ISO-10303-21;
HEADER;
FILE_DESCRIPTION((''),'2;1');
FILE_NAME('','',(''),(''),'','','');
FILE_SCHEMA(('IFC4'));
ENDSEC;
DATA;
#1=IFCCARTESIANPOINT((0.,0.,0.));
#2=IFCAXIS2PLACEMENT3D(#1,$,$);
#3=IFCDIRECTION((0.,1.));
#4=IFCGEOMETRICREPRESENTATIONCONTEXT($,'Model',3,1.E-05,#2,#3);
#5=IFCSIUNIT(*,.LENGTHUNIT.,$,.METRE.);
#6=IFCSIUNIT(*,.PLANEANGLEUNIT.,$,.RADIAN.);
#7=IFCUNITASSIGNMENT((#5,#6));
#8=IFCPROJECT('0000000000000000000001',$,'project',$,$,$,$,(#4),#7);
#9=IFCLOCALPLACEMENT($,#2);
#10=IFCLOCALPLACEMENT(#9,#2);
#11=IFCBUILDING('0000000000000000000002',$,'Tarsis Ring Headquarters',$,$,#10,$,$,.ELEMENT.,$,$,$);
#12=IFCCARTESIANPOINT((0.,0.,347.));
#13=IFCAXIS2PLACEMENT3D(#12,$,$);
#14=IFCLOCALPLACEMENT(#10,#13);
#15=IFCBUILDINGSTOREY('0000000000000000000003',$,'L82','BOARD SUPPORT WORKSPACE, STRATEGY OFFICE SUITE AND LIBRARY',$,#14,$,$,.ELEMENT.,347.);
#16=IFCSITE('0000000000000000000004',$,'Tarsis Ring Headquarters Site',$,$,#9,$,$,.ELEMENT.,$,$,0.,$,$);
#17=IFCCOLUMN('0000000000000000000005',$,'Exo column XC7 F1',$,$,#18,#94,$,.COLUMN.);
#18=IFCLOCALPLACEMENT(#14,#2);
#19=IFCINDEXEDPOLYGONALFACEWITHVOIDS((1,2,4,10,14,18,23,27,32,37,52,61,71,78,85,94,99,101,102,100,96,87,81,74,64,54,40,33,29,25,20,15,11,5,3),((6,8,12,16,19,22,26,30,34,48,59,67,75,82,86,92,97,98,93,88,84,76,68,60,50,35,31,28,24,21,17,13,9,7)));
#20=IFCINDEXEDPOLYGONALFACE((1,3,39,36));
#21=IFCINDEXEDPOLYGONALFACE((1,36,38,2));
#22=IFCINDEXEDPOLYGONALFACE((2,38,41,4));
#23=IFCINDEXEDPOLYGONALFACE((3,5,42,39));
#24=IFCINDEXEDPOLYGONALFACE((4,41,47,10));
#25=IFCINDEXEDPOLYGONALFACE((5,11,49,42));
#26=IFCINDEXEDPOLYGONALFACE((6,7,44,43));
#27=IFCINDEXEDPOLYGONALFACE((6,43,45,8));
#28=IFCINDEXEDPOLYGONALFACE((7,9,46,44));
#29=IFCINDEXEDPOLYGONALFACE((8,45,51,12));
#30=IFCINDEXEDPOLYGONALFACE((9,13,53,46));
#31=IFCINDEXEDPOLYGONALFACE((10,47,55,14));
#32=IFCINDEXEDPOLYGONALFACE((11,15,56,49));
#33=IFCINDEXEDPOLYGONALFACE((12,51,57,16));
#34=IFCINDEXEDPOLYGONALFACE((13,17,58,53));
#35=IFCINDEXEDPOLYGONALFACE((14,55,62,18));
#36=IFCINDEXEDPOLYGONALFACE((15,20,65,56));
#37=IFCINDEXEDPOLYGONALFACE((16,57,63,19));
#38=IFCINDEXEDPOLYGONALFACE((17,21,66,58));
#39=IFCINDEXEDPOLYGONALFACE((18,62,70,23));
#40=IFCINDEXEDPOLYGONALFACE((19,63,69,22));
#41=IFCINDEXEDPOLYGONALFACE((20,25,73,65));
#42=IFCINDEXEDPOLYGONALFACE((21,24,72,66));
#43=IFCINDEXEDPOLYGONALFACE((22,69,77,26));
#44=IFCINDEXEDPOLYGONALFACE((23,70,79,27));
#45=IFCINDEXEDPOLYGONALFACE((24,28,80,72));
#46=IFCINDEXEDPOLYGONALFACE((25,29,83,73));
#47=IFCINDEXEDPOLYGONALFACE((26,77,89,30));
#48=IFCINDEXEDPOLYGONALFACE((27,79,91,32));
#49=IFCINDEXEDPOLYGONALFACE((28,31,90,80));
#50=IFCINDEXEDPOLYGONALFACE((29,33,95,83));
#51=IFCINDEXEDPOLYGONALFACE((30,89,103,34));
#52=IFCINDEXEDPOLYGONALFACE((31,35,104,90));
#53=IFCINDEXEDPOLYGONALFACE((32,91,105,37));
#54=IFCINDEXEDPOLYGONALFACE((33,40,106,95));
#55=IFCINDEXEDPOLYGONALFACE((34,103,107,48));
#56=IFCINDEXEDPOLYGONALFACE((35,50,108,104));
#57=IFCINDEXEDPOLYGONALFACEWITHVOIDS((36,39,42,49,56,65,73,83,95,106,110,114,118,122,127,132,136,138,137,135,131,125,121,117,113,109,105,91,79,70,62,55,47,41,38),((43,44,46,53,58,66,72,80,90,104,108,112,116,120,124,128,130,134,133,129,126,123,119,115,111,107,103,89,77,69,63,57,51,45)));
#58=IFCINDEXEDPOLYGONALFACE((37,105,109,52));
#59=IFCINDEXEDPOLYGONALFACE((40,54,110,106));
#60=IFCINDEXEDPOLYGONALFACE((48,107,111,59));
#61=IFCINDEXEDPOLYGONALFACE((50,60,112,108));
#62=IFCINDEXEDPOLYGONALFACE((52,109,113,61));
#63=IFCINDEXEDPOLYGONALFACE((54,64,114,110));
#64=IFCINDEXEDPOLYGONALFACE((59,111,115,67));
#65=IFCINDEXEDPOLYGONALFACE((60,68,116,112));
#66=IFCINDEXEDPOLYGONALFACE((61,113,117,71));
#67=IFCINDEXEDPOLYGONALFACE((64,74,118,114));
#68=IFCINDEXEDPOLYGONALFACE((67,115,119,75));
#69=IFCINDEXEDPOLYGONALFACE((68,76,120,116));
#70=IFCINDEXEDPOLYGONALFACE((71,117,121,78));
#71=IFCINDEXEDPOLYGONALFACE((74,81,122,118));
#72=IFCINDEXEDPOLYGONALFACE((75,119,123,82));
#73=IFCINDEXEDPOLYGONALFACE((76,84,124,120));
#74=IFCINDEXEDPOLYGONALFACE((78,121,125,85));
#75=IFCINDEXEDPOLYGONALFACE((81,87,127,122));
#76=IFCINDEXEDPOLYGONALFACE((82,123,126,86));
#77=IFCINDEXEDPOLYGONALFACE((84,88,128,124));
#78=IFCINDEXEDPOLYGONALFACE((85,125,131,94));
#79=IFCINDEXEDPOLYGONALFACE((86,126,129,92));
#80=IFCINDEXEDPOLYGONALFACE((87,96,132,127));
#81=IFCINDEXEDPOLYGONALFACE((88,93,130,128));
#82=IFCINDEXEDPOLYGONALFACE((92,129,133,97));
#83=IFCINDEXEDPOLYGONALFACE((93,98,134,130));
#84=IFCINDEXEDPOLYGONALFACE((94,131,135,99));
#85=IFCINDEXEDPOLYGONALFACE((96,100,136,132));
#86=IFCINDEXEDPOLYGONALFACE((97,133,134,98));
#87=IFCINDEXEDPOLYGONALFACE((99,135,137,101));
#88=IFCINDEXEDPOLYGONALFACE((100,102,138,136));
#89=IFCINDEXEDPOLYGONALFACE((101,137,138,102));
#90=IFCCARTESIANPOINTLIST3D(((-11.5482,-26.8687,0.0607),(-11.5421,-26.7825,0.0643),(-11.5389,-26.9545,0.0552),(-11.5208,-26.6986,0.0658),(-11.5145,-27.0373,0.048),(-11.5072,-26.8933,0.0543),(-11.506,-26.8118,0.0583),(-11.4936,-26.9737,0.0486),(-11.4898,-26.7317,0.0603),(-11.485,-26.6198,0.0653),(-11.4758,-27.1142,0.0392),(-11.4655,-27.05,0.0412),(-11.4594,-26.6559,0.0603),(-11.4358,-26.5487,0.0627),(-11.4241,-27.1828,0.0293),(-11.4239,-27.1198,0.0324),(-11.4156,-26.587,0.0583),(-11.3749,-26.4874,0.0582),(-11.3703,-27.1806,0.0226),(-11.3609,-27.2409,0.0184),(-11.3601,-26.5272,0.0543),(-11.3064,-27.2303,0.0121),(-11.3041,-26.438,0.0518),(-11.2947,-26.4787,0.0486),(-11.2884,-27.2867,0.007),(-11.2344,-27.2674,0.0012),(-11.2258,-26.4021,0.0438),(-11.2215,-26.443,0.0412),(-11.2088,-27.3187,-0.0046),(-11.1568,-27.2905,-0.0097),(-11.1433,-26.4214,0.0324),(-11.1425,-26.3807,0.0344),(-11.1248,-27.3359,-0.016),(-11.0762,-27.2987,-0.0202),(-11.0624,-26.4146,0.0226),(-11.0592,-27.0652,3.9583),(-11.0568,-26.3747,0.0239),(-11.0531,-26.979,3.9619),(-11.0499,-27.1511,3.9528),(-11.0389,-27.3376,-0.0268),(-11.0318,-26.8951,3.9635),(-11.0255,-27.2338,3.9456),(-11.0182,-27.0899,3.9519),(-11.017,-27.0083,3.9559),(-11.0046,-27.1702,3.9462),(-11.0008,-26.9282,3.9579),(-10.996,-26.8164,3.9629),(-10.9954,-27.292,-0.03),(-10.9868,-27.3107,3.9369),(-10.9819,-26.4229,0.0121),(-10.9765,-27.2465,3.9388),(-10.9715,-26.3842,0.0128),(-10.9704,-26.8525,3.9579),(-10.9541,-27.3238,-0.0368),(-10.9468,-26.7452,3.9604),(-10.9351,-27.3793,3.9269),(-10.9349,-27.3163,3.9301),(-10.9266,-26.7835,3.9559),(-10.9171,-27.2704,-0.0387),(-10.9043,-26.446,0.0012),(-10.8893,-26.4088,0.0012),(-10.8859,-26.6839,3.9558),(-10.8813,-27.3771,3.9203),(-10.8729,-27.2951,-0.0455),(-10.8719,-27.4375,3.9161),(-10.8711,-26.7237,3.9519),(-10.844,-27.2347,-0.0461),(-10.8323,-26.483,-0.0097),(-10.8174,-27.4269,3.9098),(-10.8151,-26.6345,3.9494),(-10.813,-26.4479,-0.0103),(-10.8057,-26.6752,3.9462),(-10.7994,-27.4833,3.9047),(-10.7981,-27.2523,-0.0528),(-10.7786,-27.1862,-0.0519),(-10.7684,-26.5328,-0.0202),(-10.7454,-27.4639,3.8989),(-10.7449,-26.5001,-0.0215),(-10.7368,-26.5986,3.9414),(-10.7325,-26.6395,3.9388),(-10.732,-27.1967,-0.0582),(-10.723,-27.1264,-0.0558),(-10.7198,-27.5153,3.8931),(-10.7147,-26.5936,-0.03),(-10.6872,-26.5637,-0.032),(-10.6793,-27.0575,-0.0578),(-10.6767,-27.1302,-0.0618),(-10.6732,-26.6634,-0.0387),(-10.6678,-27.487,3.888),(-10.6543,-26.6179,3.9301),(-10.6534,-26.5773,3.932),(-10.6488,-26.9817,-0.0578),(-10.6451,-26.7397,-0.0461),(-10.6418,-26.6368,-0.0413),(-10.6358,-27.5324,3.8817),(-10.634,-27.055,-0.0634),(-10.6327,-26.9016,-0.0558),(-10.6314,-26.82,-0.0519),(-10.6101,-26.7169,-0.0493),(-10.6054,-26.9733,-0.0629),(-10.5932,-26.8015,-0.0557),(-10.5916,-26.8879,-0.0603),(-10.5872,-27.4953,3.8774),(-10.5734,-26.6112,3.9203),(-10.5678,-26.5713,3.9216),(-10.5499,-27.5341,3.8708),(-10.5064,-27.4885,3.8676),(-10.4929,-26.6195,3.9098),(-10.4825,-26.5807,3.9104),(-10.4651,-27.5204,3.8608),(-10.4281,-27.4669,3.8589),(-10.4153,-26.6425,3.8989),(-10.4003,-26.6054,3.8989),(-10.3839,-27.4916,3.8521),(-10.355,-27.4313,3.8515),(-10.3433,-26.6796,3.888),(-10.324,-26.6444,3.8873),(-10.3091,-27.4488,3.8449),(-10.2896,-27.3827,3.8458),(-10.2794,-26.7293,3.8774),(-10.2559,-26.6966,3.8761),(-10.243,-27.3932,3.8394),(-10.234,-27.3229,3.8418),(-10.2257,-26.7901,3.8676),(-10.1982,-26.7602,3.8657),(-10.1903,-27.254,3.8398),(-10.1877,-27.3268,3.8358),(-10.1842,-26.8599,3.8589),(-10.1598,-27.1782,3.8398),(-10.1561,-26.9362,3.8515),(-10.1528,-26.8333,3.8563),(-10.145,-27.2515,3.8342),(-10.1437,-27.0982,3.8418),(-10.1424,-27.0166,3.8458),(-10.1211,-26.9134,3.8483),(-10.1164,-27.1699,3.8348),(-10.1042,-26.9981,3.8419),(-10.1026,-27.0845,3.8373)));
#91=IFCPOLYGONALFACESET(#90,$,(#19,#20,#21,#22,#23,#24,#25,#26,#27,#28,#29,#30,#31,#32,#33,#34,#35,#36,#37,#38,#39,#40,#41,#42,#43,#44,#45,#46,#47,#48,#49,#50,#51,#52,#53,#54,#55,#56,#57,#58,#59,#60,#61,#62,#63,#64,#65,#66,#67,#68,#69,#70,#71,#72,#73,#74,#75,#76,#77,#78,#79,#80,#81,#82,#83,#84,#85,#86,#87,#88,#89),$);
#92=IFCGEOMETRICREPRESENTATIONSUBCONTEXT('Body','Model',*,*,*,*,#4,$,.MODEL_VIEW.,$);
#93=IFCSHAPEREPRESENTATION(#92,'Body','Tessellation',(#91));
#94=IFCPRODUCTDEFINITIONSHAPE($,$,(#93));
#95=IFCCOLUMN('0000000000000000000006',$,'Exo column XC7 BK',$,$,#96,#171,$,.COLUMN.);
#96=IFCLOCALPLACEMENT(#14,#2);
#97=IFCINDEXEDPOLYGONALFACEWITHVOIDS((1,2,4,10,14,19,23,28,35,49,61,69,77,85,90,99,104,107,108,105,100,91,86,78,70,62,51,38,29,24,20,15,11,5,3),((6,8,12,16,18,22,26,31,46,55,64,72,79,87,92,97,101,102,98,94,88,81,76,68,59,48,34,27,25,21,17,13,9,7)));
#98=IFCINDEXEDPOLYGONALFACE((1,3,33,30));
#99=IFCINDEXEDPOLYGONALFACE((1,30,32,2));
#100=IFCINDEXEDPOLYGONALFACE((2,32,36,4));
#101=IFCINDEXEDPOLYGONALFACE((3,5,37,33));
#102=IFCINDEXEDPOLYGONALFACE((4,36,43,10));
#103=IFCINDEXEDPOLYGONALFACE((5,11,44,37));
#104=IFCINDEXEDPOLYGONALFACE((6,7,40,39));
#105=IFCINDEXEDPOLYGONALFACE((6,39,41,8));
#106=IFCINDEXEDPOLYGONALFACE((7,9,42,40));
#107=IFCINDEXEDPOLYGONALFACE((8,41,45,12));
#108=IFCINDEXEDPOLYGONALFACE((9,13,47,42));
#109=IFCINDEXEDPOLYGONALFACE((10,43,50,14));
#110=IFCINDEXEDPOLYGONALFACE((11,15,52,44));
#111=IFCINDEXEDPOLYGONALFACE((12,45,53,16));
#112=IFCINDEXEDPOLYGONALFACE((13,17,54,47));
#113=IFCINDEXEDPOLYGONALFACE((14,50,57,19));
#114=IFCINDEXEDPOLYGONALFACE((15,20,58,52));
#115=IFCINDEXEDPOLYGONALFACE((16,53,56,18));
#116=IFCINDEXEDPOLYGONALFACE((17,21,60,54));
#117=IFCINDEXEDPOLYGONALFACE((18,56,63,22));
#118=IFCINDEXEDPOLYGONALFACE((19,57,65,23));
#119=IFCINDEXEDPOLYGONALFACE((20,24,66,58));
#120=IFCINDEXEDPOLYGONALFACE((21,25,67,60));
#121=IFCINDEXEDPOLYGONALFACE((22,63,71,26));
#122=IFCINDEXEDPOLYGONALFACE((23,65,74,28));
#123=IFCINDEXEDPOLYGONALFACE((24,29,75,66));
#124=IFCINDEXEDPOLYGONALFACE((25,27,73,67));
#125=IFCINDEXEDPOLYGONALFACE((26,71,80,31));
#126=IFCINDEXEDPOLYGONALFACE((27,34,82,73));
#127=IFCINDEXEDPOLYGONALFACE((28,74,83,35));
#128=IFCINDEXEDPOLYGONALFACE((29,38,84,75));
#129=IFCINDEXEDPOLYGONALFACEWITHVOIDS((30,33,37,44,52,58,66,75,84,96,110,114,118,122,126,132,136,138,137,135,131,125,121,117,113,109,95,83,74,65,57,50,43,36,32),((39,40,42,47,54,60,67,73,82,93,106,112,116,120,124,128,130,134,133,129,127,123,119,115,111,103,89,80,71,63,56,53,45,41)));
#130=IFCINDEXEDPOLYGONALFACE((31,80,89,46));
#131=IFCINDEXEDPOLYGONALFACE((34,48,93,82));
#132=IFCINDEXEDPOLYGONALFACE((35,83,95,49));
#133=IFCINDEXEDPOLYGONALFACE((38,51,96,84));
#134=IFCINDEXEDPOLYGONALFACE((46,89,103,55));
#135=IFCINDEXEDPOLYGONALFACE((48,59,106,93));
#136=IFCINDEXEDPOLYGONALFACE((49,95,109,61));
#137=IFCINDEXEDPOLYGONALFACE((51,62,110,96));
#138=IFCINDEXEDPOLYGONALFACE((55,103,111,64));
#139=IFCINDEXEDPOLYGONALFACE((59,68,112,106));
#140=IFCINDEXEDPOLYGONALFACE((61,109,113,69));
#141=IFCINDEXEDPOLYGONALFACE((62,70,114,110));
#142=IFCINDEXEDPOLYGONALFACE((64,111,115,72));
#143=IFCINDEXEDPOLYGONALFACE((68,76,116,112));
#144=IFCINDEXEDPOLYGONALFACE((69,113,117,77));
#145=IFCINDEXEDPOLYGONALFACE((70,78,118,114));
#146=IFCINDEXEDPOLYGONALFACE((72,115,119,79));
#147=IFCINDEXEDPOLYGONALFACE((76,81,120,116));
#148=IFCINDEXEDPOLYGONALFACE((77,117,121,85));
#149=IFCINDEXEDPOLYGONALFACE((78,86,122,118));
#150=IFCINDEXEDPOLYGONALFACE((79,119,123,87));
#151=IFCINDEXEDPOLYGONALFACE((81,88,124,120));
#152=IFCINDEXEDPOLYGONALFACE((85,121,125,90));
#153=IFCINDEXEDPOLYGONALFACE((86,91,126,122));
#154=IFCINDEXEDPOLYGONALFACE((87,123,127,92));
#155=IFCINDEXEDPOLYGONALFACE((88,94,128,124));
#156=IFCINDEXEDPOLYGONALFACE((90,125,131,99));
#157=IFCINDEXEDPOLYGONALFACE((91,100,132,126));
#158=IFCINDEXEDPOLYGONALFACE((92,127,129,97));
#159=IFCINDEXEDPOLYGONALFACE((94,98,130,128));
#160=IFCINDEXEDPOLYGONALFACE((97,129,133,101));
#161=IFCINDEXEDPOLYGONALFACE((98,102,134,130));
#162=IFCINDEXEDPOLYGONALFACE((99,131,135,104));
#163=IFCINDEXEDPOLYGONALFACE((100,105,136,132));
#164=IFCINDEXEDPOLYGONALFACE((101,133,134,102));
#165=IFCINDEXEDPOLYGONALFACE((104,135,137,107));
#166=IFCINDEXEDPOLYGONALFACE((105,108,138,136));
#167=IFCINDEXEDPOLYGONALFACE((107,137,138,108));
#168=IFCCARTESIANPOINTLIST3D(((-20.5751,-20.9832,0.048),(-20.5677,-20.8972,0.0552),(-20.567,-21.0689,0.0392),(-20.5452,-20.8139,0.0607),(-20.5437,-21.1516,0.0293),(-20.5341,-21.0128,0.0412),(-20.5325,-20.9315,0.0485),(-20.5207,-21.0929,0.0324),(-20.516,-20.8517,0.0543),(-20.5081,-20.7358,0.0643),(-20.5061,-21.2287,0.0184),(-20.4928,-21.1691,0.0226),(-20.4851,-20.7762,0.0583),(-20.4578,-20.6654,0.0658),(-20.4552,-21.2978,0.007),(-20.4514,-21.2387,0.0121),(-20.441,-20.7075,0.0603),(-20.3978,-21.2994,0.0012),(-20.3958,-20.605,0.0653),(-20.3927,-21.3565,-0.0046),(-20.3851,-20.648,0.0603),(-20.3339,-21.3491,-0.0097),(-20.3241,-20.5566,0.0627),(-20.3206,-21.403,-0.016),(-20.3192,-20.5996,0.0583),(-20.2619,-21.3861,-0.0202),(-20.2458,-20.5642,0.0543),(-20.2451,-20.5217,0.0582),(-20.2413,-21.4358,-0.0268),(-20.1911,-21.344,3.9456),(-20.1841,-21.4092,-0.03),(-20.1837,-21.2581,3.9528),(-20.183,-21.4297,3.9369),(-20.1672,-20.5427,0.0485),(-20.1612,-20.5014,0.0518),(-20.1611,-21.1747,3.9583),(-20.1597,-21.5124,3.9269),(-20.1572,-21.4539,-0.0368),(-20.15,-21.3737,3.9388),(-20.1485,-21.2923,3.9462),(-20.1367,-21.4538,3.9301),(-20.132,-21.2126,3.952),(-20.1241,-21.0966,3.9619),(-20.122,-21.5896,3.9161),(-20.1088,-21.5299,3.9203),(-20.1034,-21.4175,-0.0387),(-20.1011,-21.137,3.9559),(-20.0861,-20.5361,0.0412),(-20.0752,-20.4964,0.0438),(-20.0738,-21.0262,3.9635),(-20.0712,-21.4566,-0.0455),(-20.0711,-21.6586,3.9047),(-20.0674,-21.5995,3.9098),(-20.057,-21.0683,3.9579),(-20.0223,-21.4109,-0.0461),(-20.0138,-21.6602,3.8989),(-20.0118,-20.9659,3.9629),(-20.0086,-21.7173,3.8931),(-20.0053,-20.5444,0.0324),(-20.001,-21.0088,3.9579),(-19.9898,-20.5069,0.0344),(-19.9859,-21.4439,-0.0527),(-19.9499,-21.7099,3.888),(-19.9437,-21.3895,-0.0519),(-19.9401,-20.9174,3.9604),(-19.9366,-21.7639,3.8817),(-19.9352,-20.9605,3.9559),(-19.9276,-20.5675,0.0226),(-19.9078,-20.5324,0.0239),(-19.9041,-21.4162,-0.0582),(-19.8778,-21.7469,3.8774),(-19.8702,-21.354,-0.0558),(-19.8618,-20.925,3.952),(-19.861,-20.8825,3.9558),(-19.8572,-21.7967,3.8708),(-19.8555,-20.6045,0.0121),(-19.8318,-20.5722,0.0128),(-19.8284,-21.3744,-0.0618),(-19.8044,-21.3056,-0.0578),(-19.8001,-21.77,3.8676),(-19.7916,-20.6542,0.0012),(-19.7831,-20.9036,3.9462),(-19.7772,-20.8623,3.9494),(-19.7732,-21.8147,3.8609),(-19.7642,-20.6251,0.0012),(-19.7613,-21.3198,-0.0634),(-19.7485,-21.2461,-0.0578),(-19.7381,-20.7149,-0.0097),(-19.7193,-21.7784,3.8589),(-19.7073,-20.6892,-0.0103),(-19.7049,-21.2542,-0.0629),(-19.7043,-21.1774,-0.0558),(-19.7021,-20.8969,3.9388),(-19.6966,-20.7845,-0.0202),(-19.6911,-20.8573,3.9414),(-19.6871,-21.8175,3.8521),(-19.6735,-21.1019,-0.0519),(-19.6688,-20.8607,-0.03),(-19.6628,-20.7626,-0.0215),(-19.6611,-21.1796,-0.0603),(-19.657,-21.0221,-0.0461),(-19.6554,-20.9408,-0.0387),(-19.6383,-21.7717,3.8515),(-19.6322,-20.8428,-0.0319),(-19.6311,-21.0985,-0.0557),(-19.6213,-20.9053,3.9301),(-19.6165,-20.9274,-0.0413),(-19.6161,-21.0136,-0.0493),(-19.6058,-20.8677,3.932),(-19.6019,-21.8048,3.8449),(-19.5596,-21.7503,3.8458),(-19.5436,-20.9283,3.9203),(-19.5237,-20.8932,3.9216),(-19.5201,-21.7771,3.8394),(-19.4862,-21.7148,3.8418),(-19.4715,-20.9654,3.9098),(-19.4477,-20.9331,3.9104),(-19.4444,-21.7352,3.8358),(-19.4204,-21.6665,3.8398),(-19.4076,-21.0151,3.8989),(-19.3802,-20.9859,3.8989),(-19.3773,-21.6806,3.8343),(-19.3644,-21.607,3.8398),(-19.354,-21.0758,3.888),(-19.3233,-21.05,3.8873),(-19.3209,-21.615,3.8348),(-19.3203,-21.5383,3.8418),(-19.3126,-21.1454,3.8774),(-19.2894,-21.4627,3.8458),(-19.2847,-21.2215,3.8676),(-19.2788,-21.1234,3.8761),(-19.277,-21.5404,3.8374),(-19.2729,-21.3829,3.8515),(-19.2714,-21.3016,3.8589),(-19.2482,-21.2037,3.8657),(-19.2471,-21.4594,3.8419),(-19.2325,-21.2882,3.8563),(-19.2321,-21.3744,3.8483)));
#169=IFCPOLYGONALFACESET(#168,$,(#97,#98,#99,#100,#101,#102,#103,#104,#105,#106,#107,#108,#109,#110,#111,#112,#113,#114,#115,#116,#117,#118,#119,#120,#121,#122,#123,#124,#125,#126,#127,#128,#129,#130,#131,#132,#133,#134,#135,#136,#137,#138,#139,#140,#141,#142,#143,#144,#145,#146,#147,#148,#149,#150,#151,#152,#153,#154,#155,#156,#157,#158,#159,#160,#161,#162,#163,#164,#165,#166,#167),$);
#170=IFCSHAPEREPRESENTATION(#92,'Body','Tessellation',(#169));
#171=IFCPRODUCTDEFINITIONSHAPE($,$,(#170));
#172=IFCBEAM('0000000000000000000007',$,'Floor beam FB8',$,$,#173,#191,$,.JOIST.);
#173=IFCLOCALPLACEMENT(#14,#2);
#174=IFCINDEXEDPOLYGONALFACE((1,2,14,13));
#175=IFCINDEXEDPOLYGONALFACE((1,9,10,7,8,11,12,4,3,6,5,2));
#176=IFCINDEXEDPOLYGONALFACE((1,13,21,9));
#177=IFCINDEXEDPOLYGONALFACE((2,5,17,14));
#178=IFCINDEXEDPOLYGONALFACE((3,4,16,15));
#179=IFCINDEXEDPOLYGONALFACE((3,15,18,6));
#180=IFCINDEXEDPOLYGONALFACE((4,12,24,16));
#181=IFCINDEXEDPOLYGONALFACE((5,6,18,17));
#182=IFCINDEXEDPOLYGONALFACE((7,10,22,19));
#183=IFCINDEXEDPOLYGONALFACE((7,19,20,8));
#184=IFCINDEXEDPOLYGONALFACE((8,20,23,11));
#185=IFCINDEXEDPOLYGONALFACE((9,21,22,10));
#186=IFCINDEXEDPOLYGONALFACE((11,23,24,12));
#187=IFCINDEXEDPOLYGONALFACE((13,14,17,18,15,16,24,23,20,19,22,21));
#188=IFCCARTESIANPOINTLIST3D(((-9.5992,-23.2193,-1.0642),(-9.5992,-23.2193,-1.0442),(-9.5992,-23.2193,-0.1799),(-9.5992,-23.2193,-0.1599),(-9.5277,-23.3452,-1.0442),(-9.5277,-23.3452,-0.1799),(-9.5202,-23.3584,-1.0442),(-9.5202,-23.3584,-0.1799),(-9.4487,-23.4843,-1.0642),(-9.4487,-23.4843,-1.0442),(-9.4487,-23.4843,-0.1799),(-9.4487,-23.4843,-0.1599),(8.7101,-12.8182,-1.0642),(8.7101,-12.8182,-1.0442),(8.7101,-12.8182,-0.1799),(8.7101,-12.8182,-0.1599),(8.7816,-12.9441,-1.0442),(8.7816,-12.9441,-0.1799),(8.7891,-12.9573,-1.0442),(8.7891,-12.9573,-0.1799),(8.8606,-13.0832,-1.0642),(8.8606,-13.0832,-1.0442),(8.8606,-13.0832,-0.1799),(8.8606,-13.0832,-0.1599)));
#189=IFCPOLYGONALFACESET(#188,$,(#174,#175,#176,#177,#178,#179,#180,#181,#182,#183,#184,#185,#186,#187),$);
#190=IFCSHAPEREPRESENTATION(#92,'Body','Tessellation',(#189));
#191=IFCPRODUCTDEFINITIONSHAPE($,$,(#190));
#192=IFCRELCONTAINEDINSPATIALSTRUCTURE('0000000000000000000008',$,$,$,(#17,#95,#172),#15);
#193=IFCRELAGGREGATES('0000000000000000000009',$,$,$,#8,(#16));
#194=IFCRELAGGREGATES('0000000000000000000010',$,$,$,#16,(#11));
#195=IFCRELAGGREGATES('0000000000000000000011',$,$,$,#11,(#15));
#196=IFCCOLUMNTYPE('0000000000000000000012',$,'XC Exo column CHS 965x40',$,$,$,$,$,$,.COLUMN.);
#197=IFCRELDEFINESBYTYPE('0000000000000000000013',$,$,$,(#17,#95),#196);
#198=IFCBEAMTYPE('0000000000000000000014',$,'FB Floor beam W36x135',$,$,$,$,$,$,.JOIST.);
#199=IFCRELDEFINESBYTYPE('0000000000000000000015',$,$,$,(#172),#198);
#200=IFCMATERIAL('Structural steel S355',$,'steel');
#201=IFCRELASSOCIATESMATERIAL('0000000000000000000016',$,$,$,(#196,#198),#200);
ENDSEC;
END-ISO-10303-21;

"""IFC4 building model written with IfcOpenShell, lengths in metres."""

from ifc_helpers import new_model, si_unit, direction, frame, origin, origin_2d, place, context, subcontext, project, spatial, hollow_circle, i_section, extrude, material, material_profile, profile_set, type_object, element, save


model = new_model("IFC4")

# Units and contexts
model_context = context("Model", 3, precision=1e-05, world=origin(), true_north=direction((0.0, 1.0)))
body_context = subcontext(model_context, "Body", "Model", "MODEL_VIEW")
ifc_project = project(units=[si_unit("LENGTHUNIT", "METRE"), si_unit("PLANEANGLEUNIT", "RADIAN")], contexts=[model_context])

# Site, building, storey
site_placement = place(None, origin())
site = spatial("IfcSite", under=ifc_project, at=site_placement, Name="Tarsis Ring Headquarters Site", CompositionType="ELEMENT", RefElevation=0.0)
building_placement = place(site_placement, origin())
building = spatial("IfcBuilding", under=site, at=building_placement, Name="Tarsis Ring Headquarters", CompositionType="ELEMENT")
storey_placement = place(building_placement, frame((0.0, 0.0, 347.0)))
storey = spatial("IfcBuildingStorey", under=building, at=storey_placement, Name="L82", Description="BOARD SUPPORT WORKSPACE, STRATEGY OFFICE SUITE AND LIBRARY", CompositionType="ELEMENT", Elevation=347.0)

# Columns
ifc_material_1 = material(Name="Structural steel S355", Category="steel")
ifc_material_profile_1 = material_profile(ifc_material_1, hollow_circle(Radius=0.4827, WallThickness=0.04, at=origin_2d()), Name="CHS 965x40")
ifc_profile_set_1 = profile_set([ifc_material_profile_1], Name="Structural steel S355")
column_type = type_object("IfcColumnType", Name="XC Exo column CHS 965x40", PredefinedType="COLUMN", material=ifc_profile_set_1)
for number, where, z_axis, x_axis, name in (
    (1, (-11.0693, -26.8567, 0.0012), (0.124331, -0.049968, 0.990982), (0.372908, 0.927868, 0.0), "Exo column XC7 F1"),
    (2, (-20.0947, -20.9768, 0.0012), (0.09764, -0.091743, 0.990984), (0.684757, 0.728771, 0.0), "Exo column XC7 BK"),
):
    element("IfcColumn", number, at=place(storey_placement, frame(where, z_axis=z_axis, x_axis=x_axis)), inside=storey, type_object=column_type, Name=name, PredefinedType="COLUMN", context=body_context, shape_type="SweptSolid", body=[
        extrude(hollow_circle(Radius=0.4827, WallThickness=0.04, at=origin_2d()), origin(), (0.0, 0.0, 1.0), 3.9331),
    ])

# Beam
ifc_material_profile_2 = material_profile(ifc_material_1, i_section(OverallWidth=0.3047, OverallDepth=0.9043, WebThickness=0.0151, FlangeThickness=0.02, at=origin_2d()), Name="W36x135")
ifc_profile_set_2 = profile_set([ifc_material_profile_2], Name="Structural steel S355")
beam_type_1 = type_object("IfcBeamType", Name="FB Floor beam W36x135", PredefinedType="JOIST", material=ifc_profile_set_2)
beam_1_placement = place(storey_placement, frame((-9.5239, -23.3518, -0.6121), z_axis=(0.869495, 0.493941, 0.0), x_axis=(-0.493941, 0.869495, 0.0)))
element("IfcBeam", 3, at=beam_1_placement, inside=storey, type_object=beam_type_1, Name="Floor beam FB8", PredefinedType="JOIST", context=body_context, shape_type="SweptSolid", body=[
    extrude(i_section(OverallWidth=0.3047, OverallDepth=0.9043, WebThickness=0.0151, FlangeThickness=0.02, at=origin_2d()), origin(), (0.0, 0.0, 1.0), 21.0574),
])

save(model, "model.ifc")
